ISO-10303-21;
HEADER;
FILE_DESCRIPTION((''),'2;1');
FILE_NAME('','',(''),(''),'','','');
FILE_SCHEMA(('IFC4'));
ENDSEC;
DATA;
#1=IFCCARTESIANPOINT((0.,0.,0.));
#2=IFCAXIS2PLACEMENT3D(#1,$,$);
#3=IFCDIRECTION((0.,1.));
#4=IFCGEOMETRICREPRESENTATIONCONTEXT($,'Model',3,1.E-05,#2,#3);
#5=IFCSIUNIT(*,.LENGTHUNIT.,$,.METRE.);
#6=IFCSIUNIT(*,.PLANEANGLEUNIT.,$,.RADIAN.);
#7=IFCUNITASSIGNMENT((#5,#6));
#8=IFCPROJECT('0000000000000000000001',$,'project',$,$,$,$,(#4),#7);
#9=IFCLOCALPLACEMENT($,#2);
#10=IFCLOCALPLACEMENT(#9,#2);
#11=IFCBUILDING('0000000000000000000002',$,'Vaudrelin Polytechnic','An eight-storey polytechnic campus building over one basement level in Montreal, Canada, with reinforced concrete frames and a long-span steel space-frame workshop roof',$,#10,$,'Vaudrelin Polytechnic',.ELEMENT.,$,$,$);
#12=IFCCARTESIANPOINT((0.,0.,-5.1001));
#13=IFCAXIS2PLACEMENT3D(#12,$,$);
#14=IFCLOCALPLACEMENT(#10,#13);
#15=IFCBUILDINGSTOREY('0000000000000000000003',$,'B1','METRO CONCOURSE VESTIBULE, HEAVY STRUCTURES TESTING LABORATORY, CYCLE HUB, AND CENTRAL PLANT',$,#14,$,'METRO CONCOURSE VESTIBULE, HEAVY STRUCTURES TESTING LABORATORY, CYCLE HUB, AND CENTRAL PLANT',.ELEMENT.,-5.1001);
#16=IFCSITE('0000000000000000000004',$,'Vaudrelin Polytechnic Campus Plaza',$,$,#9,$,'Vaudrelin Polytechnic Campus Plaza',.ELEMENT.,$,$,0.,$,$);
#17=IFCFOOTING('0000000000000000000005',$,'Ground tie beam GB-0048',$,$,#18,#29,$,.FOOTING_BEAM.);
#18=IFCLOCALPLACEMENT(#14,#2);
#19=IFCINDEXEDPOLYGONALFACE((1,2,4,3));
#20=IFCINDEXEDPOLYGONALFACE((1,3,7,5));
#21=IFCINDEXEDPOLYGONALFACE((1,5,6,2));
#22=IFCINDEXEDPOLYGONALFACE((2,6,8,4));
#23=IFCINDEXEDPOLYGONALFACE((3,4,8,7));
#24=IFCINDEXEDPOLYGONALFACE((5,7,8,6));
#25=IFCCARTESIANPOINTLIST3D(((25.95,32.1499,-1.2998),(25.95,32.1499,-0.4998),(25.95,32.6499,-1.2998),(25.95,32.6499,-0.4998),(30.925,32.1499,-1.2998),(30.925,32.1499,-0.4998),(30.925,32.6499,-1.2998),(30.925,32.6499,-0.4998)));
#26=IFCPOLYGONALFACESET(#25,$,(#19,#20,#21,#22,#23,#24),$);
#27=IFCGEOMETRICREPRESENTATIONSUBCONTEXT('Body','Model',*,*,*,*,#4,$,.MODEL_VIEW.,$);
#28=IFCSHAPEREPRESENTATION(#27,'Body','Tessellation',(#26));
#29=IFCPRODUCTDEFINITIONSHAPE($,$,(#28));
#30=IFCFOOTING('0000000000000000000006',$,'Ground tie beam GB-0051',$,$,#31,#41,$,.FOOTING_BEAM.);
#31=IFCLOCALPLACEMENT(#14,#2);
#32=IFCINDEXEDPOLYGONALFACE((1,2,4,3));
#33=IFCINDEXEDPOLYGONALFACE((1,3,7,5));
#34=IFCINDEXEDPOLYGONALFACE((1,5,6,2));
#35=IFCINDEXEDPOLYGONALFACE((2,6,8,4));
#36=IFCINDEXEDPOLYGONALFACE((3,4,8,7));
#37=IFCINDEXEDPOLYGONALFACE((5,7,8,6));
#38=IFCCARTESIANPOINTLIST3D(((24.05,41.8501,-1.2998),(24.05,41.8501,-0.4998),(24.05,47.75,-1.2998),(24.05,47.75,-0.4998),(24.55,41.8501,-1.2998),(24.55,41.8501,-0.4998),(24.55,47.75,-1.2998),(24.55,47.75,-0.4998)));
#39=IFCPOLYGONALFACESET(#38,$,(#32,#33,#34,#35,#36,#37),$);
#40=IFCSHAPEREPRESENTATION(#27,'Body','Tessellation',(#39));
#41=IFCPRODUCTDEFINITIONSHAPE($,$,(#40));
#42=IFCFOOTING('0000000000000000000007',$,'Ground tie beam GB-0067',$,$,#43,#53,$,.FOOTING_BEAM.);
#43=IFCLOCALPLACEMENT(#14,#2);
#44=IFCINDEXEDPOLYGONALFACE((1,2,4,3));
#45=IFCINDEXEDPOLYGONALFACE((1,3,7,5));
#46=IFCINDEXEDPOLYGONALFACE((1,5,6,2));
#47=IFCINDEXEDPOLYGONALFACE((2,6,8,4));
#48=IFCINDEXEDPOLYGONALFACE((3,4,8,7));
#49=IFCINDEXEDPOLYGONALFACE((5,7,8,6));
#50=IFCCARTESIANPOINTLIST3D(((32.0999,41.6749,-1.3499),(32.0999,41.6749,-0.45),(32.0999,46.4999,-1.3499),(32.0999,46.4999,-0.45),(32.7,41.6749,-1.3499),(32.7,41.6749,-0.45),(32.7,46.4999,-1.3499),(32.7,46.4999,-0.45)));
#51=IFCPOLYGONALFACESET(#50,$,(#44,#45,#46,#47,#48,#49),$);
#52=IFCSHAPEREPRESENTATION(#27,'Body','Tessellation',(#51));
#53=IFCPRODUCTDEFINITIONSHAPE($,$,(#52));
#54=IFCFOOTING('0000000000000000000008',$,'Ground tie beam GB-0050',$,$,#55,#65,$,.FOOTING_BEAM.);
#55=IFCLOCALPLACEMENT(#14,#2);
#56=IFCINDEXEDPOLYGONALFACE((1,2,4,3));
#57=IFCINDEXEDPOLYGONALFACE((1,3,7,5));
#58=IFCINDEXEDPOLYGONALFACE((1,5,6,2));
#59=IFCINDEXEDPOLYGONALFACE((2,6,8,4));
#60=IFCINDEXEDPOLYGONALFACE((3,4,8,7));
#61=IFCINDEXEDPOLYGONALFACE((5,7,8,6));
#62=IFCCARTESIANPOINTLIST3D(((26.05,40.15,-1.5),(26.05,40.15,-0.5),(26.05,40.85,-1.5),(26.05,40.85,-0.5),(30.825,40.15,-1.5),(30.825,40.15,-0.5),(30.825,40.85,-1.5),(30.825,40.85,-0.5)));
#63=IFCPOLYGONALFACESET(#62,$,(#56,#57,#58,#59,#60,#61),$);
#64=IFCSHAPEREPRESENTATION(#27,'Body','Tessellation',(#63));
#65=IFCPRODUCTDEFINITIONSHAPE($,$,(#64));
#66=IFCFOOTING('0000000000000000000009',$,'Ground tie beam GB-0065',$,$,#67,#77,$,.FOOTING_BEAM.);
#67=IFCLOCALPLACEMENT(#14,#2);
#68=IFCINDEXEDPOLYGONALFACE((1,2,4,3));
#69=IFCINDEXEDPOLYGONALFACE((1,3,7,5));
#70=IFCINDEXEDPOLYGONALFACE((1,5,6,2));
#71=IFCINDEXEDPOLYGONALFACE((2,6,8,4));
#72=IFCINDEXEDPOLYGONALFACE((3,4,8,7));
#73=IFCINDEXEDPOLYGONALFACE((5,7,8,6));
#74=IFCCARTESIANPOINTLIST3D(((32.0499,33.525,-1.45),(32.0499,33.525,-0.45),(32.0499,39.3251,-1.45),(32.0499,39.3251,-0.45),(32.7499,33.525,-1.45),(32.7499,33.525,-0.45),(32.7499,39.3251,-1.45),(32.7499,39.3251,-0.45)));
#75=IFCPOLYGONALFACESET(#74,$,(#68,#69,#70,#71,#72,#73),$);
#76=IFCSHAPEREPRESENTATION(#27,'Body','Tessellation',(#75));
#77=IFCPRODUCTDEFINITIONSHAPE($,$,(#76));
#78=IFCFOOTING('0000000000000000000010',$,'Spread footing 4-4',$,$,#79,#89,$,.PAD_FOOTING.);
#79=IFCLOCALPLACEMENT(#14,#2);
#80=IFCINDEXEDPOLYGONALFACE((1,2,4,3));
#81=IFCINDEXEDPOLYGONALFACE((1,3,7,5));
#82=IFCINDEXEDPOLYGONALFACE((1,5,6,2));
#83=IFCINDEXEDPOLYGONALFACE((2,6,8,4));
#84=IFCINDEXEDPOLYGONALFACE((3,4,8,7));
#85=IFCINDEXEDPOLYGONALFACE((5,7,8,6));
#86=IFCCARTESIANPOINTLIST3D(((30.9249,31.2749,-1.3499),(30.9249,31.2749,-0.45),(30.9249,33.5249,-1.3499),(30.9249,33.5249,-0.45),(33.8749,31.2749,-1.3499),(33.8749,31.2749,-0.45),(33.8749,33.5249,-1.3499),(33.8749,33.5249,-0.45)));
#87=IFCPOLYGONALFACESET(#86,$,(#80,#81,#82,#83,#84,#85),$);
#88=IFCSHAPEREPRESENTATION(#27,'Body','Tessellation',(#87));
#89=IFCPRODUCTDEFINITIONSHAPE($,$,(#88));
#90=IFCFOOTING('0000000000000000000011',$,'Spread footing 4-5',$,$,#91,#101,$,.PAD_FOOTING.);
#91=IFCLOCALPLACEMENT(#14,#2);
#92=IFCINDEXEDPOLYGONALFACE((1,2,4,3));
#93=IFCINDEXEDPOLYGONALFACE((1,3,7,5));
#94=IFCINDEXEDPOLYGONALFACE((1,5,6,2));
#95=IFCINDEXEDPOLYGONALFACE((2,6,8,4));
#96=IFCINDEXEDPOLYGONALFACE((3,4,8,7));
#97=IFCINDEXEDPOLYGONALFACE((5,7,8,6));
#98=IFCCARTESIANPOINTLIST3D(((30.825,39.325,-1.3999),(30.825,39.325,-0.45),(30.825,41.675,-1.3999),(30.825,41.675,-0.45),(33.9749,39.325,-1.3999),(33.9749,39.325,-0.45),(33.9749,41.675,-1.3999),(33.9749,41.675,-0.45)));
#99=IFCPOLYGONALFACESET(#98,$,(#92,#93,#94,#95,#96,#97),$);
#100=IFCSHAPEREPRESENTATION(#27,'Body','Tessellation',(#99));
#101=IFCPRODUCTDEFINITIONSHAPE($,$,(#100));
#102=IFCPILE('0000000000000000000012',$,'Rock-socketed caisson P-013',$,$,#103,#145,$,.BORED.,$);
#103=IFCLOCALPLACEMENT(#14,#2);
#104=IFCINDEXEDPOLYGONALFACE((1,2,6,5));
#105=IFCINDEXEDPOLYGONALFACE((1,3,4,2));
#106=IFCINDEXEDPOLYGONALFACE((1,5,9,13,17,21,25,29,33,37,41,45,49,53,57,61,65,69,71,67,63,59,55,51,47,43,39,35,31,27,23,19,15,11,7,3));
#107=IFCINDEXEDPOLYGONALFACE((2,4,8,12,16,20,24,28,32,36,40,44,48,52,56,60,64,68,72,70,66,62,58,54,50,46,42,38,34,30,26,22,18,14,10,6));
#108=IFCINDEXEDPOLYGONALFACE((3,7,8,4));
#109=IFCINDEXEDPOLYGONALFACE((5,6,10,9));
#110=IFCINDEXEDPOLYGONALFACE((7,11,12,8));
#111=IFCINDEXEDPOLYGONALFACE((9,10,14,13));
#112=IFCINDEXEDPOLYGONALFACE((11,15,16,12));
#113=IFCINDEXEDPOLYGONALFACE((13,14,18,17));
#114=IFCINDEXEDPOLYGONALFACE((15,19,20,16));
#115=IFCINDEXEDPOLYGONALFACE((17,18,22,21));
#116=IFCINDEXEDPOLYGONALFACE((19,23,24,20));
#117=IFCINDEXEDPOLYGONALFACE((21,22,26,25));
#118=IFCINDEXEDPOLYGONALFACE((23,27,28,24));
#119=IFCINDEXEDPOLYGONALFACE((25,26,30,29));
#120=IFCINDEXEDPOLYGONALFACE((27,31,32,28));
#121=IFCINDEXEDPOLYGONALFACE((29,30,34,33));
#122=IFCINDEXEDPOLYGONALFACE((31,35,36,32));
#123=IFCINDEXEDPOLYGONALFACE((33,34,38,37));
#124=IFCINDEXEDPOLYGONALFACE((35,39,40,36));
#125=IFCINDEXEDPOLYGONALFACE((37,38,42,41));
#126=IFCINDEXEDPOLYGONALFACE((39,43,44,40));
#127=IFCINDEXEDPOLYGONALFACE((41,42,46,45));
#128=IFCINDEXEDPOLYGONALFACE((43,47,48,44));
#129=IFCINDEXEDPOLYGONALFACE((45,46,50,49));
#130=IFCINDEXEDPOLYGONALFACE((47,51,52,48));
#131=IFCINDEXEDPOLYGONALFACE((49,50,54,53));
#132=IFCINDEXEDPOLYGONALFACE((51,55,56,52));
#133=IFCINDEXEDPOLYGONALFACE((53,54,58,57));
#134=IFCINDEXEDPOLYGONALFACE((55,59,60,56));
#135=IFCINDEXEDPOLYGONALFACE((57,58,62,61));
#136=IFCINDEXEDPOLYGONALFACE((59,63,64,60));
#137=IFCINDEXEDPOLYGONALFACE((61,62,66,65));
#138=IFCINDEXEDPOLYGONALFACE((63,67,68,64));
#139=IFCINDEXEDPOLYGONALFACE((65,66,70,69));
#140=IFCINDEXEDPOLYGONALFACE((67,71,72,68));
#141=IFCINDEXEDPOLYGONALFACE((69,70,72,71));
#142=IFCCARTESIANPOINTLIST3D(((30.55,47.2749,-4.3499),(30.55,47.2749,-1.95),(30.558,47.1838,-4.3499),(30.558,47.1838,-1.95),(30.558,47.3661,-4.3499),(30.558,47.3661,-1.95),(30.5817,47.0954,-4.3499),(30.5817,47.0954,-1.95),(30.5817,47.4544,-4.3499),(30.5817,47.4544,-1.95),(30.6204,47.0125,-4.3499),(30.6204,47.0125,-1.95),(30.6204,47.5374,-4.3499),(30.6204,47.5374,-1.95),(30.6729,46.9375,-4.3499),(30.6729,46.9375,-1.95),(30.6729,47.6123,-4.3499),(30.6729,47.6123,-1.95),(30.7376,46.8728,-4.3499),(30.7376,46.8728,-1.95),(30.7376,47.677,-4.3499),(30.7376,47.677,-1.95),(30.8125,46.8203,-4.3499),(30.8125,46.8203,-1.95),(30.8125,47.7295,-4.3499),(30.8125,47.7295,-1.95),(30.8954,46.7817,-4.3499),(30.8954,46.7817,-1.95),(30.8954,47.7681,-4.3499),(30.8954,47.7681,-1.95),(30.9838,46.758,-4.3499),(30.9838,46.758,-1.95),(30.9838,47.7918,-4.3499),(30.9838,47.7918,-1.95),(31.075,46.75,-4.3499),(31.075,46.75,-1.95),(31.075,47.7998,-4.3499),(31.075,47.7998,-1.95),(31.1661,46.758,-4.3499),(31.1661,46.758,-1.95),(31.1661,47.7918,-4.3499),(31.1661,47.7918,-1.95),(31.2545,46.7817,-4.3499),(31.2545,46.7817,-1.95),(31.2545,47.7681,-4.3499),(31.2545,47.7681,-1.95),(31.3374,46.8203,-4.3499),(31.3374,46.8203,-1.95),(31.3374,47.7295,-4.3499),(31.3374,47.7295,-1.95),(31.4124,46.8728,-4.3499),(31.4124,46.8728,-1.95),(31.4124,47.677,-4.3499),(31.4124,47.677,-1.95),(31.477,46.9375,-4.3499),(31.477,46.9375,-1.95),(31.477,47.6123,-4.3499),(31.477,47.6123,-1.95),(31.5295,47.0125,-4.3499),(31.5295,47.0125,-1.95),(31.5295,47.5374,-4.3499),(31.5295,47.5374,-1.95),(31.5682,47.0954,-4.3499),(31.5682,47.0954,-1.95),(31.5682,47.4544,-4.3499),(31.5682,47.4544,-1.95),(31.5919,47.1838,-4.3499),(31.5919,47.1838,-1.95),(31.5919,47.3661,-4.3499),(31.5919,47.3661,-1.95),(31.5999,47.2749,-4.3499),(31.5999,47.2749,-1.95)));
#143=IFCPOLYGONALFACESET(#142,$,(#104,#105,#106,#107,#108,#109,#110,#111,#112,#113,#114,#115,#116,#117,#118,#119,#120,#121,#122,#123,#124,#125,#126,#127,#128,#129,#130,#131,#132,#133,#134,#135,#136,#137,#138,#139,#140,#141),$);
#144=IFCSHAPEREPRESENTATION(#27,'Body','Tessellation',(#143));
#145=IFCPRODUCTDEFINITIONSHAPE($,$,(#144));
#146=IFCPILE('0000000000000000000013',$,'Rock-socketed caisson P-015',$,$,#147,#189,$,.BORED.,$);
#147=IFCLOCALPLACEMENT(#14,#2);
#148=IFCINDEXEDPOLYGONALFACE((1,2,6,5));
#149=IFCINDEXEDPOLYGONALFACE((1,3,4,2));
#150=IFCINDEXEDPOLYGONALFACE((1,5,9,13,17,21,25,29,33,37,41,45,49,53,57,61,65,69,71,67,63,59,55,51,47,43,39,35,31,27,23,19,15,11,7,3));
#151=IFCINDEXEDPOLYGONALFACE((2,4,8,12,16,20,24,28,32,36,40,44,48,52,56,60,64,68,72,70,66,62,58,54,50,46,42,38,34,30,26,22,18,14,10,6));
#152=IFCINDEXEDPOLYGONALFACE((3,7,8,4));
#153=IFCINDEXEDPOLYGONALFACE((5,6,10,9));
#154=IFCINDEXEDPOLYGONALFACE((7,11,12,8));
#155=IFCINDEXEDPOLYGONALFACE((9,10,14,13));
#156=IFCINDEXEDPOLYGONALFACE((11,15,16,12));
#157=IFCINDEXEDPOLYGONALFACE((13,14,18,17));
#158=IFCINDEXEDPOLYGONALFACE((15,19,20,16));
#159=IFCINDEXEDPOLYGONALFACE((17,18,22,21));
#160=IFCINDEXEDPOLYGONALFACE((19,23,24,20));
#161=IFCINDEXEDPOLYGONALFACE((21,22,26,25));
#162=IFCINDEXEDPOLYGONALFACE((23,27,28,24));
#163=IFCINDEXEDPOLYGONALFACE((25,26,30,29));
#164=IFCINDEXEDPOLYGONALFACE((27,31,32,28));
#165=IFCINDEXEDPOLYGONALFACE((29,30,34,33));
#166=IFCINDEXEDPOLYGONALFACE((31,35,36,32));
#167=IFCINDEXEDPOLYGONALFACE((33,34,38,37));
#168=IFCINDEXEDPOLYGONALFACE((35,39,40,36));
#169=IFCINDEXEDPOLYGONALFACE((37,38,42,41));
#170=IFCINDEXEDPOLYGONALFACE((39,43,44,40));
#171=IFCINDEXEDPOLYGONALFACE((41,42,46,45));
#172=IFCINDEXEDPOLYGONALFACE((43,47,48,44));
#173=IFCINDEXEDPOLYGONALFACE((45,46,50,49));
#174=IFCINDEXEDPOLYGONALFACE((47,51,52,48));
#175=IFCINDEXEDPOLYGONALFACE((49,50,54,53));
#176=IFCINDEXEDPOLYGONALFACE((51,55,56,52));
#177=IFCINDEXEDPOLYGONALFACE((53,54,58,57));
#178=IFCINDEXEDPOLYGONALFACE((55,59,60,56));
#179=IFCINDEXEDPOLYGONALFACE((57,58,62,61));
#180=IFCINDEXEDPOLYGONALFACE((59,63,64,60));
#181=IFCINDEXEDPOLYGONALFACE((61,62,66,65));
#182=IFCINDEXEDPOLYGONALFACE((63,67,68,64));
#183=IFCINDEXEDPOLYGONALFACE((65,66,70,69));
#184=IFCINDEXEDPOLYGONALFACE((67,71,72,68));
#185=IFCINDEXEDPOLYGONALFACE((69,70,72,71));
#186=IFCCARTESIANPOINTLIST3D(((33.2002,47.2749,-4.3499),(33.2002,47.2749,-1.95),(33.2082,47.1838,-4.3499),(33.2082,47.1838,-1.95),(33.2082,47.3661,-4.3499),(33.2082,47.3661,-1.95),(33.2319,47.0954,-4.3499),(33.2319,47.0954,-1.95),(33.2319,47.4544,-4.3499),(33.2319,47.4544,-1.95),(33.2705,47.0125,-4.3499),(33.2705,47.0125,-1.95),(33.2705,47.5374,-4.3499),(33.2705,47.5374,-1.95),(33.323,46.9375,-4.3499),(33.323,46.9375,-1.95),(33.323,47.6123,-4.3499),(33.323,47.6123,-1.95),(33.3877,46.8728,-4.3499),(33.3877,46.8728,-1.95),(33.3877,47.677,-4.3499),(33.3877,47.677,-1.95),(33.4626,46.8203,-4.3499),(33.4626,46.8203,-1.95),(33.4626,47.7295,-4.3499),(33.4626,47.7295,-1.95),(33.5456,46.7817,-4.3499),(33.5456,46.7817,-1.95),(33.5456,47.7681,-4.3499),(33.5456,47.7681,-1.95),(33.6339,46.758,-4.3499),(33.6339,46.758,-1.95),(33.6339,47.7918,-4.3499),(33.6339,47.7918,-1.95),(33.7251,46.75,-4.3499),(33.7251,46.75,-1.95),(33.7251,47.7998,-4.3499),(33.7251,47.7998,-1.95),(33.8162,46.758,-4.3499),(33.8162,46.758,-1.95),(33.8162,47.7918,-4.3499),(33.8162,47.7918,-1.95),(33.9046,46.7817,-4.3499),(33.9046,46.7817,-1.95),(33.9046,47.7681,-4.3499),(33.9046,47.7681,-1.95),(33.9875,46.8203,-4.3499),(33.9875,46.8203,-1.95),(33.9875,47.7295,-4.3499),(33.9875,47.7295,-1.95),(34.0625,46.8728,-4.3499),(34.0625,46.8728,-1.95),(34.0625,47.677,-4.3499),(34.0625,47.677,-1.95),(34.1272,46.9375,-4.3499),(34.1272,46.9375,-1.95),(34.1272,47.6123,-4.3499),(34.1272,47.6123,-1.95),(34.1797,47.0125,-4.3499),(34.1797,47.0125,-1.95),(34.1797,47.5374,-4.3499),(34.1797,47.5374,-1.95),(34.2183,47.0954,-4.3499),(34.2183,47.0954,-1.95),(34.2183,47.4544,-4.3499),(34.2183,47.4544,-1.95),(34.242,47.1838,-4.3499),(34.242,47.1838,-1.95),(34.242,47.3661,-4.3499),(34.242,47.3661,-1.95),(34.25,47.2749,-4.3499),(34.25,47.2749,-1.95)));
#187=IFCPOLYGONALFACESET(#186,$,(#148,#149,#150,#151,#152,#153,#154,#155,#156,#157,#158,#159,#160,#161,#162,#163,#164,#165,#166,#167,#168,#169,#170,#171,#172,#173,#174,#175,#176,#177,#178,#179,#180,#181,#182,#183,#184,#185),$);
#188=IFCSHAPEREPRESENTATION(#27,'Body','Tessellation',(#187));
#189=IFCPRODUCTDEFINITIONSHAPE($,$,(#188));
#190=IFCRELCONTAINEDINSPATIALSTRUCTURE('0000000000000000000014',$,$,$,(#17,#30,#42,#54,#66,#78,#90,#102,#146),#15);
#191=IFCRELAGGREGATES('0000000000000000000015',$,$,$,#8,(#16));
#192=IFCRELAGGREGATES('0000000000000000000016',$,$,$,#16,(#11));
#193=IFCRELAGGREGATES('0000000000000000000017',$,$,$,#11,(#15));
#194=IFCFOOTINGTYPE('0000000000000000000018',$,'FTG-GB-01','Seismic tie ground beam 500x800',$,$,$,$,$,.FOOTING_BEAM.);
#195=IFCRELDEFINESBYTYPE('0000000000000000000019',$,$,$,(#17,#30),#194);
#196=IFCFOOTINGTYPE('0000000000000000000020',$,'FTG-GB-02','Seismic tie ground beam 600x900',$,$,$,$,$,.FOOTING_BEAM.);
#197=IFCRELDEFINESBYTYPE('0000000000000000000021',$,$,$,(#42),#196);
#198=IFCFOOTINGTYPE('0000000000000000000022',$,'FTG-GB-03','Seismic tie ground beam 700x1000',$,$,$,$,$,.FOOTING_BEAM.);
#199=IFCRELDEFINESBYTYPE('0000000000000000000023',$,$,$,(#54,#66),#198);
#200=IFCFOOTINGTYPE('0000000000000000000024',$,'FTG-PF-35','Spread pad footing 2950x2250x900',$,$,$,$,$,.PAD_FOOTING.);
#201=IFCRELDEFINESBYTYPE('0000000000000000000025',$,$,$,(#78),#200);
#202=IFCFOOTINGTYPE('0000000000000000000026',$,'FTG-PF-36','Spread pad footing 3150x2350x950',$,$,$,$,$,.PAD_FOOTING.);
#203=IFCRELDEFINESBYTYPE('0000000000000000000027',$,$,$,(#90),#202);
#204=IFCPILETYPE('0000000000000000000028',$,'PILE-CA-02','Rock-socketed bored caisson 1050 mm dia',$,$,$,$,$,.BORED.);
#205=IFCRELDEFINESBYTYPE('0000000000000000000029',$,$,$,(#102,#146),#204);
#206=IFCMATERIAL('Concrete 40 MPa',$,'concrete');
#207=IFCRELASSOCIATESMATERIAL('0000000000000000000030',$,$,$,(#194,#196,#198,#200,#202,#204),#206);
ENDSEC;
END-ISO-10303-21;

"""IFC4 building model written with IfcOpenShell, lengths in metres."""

from ifc_helpers import new_model, si_unit, direction, frame, origin, origin_2d, place, context, subcontext, project, spatial, rectangle, circle, extrude, material, material_profile, profile_set, type_object, element, save


model = new_model("IFC4")

# Units and contexts
model_context = context("Model", 3, precision=1e-05, world=origin(), true_north=direction((0.0, 1.0)))
body_context = subcontext(model_context, "Body", "Model", "MODEL_VIEW")
ifc_project = project(units=[si_unit("LENGTHUNIT", "METRE"), si_unit("PLANEANGLEUNIT", "RADIAN")], contexts=[model_context])

# Site, building, storey
site_placement = place(None, origin())
site = spatial("IfcSite", under=ifc_project, at=site_placement, Name="Vaudrelin Polytechnic Campus Plaza", LongName="Vaudrelin Polytechnic Campus Plaza", CompositionType="ELEMENT", RefElevation=0.0)
building_placement = place(site_placement, origin())
building = spatial("IfcBuilding", under=site, at=building_placement, Name="Vaudrelin Polytechnic", Description="An eight-storey polytechnic campus building over one basement level in Montreal, Canada, with reinforced concrete frames and a long-span steel space-frame workshop roof", LongName="Vaudrelin Polytechnic", CompositionType="ELEMENT")
storey_placement = place(building_placement, frame((0.0, 0.0, -5.1001)))
storey = spatial("IfcBuildingStorey", under=building, at=storey_placement, Name="B1", Description="METRO CONCOURSE VESTIBULE, HEAVY STRUCTURES TESTING LABORATORY, CYCLE HUB, AND CENTRAL PLANT", LongName="METRO CONCOURSE VESTIBULE, HEAVY STRUCTURES TESTING LABORATORY, CYCLE HUB, AND CENTRAL PLANT", CompositionType="ELEMENT", Elevation=-5.1001)

# Footings
ifc_material_1 = material(Name="Concrete 40 MPa", Category="concrete")
footing_type_1 = type_object("IfcFootingType", Name="FTG-GB-01", Description="Seismic tie ground beam 500x800", PredefinedType="FOOTING_BEAM", material=ifc_material_1)
footing_1_placement = place(storey_placement, frame((28.4375, 32.3999, -1.2998), z_axis=(0.0, 0.0, 1.0), x_axis=(1.0, 0.0, 0.0)))
element("IfcFooting", 1, at=footing_1_placement, inside=storey, type_object=footing_type_1, Name="Ground tie beam GB-0048", PredefinedType="FOOTING_BEAM", context=body_context, shape_type="SweptSolid", body=[
    extrude(rectangle(XDim=4.9751, YDim=0.5, at=origin_2d()), origin(), (0.0, 0.0, 1.0), 0.8),
])
footing_2_placement = place(storey_placement, frame((24.3, 44.8, -1.2998), z_axis=(0.0, 0.0, 1.0), x_axis=(1.0, 0.0, 0.0)))
element("IfcFooting", 2, at=footing_2_placement, inside=storey, type_object=footing_type_1, Name="Ground tie beam GB-0051", PredefinedType="FOOTING_BEAM", context=body_context, shape_type="SweptSolid", body=[
    extrude(rectangle(XDim=0.5, YDim=5.8999, at=origin_2d()), origin(), (0.0, 0.0, 1.0), 0.8),
])
footing_type_2 = type_object("IfcFootingType", Name="FTG-GB-02", Description="Seismic tie ground beam 600x900", PredefinedType="FOOTING_BEAM", material=ifc_material_1)
footing_3_placement = place(storey_placement, frame((32.3999, 44.0874, -1.3499), z_axis=(0.0, 0.0, 1.0), x_axis=(1.0, 0.0, 0.0)))
element("IfcFooting", 3, at=footing_3_placement, inside=storey, type_object=footing_type_2, Name="Ground tie beam GB-0067", PredefinedType="FOOTING_BEAM", context=body_context, shape_type="SweptSolid", body=[
    extrude(rectangle(XDim=0.6001, YDim=4.825, at=origin_2d()), origin(), (0.0, 0.0, 1.0), 0.8999),
])
footing_type_3 = type_object("IfcFootingType", Name="FTG-GB-03", Description="Seismic tie ground beam 700x1000", PredefinedType="FOOTING_BEAM", material=ifc_material_1)
footing_4_placement = place(storey_placement, frame((28.4375, 40.5, -1.5), z_axis=(0.0, 0.0, 1.0), x_axis=(1.0, 0.0, 0.0)))
element("IfcFooting", 4, at=footing_4_placement, inside=storey, type_object=footing_type_3, Name="Ground tie beam GB-0050", PredefinedType="FOOTING_BEAM", context=body_context, shape_type="SweptSolid", body=[
    extrude(rectangle(XDim=4.7749, YDim=0.7, at=origin_2d()), origin(), (0.0, 0.0, 1.0), 1.0),
])
footing_5_placement = place(storey_placement, frame((32.3999, 36.425, -1.45), z_axis=(0.0, 0.0, 1.0), x_axis=(1.0, 0.0, 0.0)))
element("IfcFooting", 5, at=footing_5_placement, inside=storey, type_object=footing_type_3, Name="Ground tie beam GB-0065", PredefinedType="FOOTING_BEAM", context=body_context, shape_type="SweptSolid", body=[
    extrude(rectangle(XDim=0.7, YDim=5.8, at=origin_2d()), origin(), (0.0, 0.0, 1.0), 1.0),
])
footing_type_4 = type_object("IfcFootingType", Name="FTG-PF-35", Description="Spread pad footing 2950x2250x900", PredefinedType="PAD_FOOTING", material=ifc_material_1)
footing_6_placement = place(storey_placement, frame((32.3999, 32.3999, -1.3499), z_axis=(0.0, 0.0, 1.0), x_axis=(1.0, 0.0, 0.0)))
element("IfcFooting", 6, at=footing_6_placement, inside=storey, type_object=footing_type_4, Name="Spread footing 4-4", PredefinedType="PAD_FOOTING", context=body_context, shape_type="SweptSolid", body=[
    extrude(rectangle(XDim=2.95, YDim=2.25, at=origin_2d()), origin(), (0.0, 0.0, 1.0), 0.8999),
])
footing_type_5 = type_object("IfcFootingType", Name="FTG-PF-36", Description="Spread pad footing 3150x2350x950", PredefinedType="PAD_FOOTING", material=ifc_material_1)
footing_7_placement = place(storey_placement, frame((32.3999, 40.5, -1.3999), z_axis=(0.0, 0.0, 1.0), x_axis=(1.0, 0.0, 0.0)))
element("IfcFooting", 7, at=footing_7_placement, inside=storey, type_object=footing_type_5, Name="Spread footing 4-5", PredefinedType="PAD_FOOTING", context=body_context, shape_type="SweptSolid", body=[
    extrude(rectangle(XDim=3.1499, YDim=2.3501, at=origin_2d()), origin(), (0.0, 0.0, 1.0), 0.95),
])

# Piles
ifc_material_profile_1 = material_profile(ifc_material_1, circle(Radius=0.5249, at=origin_2d()), Name="CAISSON1050")
ifc_profile_set_1 = profile_set([ifc_material_profile_1], Name="Concrete 40 MPa")
pile_type = type_object("IfcPileType", Name="PILE-CA-02", Description="Rock-socketed bored caisson 1050 mm dia", PredefinedType="BORED", material=ifc_profile_set_1)
for number, where, z_axis, x_axis, name in (
    (8, (31.075, 47.2749, -1.95), (0.0, 0.0, -1.0), (1.0, 0.0, 0.0), "Rock-socketed caisson P-013"),
    (9, (33.7251, 47.2749, -1.95), (0.0, 0.0, -1.0), (1.0, 0.0, 0.0), "Rock-socketed caisson P-015"),
):
    element("IfcPile", number, at=place(storey_placement, frame(where, z_axis=z_axis, x_axis=x_axis)), inside=storey, type_object=pile_type, Name=name, PredefinedType="BORED", context=body_context, shape_type="SweptSolid", body=[
        extrude(circle(Radius=0.5249, at=origin_2d()), origin(), (0.0, 0.0, 1.0), 2.3999),
    ])

save(model, "model.ifc")
